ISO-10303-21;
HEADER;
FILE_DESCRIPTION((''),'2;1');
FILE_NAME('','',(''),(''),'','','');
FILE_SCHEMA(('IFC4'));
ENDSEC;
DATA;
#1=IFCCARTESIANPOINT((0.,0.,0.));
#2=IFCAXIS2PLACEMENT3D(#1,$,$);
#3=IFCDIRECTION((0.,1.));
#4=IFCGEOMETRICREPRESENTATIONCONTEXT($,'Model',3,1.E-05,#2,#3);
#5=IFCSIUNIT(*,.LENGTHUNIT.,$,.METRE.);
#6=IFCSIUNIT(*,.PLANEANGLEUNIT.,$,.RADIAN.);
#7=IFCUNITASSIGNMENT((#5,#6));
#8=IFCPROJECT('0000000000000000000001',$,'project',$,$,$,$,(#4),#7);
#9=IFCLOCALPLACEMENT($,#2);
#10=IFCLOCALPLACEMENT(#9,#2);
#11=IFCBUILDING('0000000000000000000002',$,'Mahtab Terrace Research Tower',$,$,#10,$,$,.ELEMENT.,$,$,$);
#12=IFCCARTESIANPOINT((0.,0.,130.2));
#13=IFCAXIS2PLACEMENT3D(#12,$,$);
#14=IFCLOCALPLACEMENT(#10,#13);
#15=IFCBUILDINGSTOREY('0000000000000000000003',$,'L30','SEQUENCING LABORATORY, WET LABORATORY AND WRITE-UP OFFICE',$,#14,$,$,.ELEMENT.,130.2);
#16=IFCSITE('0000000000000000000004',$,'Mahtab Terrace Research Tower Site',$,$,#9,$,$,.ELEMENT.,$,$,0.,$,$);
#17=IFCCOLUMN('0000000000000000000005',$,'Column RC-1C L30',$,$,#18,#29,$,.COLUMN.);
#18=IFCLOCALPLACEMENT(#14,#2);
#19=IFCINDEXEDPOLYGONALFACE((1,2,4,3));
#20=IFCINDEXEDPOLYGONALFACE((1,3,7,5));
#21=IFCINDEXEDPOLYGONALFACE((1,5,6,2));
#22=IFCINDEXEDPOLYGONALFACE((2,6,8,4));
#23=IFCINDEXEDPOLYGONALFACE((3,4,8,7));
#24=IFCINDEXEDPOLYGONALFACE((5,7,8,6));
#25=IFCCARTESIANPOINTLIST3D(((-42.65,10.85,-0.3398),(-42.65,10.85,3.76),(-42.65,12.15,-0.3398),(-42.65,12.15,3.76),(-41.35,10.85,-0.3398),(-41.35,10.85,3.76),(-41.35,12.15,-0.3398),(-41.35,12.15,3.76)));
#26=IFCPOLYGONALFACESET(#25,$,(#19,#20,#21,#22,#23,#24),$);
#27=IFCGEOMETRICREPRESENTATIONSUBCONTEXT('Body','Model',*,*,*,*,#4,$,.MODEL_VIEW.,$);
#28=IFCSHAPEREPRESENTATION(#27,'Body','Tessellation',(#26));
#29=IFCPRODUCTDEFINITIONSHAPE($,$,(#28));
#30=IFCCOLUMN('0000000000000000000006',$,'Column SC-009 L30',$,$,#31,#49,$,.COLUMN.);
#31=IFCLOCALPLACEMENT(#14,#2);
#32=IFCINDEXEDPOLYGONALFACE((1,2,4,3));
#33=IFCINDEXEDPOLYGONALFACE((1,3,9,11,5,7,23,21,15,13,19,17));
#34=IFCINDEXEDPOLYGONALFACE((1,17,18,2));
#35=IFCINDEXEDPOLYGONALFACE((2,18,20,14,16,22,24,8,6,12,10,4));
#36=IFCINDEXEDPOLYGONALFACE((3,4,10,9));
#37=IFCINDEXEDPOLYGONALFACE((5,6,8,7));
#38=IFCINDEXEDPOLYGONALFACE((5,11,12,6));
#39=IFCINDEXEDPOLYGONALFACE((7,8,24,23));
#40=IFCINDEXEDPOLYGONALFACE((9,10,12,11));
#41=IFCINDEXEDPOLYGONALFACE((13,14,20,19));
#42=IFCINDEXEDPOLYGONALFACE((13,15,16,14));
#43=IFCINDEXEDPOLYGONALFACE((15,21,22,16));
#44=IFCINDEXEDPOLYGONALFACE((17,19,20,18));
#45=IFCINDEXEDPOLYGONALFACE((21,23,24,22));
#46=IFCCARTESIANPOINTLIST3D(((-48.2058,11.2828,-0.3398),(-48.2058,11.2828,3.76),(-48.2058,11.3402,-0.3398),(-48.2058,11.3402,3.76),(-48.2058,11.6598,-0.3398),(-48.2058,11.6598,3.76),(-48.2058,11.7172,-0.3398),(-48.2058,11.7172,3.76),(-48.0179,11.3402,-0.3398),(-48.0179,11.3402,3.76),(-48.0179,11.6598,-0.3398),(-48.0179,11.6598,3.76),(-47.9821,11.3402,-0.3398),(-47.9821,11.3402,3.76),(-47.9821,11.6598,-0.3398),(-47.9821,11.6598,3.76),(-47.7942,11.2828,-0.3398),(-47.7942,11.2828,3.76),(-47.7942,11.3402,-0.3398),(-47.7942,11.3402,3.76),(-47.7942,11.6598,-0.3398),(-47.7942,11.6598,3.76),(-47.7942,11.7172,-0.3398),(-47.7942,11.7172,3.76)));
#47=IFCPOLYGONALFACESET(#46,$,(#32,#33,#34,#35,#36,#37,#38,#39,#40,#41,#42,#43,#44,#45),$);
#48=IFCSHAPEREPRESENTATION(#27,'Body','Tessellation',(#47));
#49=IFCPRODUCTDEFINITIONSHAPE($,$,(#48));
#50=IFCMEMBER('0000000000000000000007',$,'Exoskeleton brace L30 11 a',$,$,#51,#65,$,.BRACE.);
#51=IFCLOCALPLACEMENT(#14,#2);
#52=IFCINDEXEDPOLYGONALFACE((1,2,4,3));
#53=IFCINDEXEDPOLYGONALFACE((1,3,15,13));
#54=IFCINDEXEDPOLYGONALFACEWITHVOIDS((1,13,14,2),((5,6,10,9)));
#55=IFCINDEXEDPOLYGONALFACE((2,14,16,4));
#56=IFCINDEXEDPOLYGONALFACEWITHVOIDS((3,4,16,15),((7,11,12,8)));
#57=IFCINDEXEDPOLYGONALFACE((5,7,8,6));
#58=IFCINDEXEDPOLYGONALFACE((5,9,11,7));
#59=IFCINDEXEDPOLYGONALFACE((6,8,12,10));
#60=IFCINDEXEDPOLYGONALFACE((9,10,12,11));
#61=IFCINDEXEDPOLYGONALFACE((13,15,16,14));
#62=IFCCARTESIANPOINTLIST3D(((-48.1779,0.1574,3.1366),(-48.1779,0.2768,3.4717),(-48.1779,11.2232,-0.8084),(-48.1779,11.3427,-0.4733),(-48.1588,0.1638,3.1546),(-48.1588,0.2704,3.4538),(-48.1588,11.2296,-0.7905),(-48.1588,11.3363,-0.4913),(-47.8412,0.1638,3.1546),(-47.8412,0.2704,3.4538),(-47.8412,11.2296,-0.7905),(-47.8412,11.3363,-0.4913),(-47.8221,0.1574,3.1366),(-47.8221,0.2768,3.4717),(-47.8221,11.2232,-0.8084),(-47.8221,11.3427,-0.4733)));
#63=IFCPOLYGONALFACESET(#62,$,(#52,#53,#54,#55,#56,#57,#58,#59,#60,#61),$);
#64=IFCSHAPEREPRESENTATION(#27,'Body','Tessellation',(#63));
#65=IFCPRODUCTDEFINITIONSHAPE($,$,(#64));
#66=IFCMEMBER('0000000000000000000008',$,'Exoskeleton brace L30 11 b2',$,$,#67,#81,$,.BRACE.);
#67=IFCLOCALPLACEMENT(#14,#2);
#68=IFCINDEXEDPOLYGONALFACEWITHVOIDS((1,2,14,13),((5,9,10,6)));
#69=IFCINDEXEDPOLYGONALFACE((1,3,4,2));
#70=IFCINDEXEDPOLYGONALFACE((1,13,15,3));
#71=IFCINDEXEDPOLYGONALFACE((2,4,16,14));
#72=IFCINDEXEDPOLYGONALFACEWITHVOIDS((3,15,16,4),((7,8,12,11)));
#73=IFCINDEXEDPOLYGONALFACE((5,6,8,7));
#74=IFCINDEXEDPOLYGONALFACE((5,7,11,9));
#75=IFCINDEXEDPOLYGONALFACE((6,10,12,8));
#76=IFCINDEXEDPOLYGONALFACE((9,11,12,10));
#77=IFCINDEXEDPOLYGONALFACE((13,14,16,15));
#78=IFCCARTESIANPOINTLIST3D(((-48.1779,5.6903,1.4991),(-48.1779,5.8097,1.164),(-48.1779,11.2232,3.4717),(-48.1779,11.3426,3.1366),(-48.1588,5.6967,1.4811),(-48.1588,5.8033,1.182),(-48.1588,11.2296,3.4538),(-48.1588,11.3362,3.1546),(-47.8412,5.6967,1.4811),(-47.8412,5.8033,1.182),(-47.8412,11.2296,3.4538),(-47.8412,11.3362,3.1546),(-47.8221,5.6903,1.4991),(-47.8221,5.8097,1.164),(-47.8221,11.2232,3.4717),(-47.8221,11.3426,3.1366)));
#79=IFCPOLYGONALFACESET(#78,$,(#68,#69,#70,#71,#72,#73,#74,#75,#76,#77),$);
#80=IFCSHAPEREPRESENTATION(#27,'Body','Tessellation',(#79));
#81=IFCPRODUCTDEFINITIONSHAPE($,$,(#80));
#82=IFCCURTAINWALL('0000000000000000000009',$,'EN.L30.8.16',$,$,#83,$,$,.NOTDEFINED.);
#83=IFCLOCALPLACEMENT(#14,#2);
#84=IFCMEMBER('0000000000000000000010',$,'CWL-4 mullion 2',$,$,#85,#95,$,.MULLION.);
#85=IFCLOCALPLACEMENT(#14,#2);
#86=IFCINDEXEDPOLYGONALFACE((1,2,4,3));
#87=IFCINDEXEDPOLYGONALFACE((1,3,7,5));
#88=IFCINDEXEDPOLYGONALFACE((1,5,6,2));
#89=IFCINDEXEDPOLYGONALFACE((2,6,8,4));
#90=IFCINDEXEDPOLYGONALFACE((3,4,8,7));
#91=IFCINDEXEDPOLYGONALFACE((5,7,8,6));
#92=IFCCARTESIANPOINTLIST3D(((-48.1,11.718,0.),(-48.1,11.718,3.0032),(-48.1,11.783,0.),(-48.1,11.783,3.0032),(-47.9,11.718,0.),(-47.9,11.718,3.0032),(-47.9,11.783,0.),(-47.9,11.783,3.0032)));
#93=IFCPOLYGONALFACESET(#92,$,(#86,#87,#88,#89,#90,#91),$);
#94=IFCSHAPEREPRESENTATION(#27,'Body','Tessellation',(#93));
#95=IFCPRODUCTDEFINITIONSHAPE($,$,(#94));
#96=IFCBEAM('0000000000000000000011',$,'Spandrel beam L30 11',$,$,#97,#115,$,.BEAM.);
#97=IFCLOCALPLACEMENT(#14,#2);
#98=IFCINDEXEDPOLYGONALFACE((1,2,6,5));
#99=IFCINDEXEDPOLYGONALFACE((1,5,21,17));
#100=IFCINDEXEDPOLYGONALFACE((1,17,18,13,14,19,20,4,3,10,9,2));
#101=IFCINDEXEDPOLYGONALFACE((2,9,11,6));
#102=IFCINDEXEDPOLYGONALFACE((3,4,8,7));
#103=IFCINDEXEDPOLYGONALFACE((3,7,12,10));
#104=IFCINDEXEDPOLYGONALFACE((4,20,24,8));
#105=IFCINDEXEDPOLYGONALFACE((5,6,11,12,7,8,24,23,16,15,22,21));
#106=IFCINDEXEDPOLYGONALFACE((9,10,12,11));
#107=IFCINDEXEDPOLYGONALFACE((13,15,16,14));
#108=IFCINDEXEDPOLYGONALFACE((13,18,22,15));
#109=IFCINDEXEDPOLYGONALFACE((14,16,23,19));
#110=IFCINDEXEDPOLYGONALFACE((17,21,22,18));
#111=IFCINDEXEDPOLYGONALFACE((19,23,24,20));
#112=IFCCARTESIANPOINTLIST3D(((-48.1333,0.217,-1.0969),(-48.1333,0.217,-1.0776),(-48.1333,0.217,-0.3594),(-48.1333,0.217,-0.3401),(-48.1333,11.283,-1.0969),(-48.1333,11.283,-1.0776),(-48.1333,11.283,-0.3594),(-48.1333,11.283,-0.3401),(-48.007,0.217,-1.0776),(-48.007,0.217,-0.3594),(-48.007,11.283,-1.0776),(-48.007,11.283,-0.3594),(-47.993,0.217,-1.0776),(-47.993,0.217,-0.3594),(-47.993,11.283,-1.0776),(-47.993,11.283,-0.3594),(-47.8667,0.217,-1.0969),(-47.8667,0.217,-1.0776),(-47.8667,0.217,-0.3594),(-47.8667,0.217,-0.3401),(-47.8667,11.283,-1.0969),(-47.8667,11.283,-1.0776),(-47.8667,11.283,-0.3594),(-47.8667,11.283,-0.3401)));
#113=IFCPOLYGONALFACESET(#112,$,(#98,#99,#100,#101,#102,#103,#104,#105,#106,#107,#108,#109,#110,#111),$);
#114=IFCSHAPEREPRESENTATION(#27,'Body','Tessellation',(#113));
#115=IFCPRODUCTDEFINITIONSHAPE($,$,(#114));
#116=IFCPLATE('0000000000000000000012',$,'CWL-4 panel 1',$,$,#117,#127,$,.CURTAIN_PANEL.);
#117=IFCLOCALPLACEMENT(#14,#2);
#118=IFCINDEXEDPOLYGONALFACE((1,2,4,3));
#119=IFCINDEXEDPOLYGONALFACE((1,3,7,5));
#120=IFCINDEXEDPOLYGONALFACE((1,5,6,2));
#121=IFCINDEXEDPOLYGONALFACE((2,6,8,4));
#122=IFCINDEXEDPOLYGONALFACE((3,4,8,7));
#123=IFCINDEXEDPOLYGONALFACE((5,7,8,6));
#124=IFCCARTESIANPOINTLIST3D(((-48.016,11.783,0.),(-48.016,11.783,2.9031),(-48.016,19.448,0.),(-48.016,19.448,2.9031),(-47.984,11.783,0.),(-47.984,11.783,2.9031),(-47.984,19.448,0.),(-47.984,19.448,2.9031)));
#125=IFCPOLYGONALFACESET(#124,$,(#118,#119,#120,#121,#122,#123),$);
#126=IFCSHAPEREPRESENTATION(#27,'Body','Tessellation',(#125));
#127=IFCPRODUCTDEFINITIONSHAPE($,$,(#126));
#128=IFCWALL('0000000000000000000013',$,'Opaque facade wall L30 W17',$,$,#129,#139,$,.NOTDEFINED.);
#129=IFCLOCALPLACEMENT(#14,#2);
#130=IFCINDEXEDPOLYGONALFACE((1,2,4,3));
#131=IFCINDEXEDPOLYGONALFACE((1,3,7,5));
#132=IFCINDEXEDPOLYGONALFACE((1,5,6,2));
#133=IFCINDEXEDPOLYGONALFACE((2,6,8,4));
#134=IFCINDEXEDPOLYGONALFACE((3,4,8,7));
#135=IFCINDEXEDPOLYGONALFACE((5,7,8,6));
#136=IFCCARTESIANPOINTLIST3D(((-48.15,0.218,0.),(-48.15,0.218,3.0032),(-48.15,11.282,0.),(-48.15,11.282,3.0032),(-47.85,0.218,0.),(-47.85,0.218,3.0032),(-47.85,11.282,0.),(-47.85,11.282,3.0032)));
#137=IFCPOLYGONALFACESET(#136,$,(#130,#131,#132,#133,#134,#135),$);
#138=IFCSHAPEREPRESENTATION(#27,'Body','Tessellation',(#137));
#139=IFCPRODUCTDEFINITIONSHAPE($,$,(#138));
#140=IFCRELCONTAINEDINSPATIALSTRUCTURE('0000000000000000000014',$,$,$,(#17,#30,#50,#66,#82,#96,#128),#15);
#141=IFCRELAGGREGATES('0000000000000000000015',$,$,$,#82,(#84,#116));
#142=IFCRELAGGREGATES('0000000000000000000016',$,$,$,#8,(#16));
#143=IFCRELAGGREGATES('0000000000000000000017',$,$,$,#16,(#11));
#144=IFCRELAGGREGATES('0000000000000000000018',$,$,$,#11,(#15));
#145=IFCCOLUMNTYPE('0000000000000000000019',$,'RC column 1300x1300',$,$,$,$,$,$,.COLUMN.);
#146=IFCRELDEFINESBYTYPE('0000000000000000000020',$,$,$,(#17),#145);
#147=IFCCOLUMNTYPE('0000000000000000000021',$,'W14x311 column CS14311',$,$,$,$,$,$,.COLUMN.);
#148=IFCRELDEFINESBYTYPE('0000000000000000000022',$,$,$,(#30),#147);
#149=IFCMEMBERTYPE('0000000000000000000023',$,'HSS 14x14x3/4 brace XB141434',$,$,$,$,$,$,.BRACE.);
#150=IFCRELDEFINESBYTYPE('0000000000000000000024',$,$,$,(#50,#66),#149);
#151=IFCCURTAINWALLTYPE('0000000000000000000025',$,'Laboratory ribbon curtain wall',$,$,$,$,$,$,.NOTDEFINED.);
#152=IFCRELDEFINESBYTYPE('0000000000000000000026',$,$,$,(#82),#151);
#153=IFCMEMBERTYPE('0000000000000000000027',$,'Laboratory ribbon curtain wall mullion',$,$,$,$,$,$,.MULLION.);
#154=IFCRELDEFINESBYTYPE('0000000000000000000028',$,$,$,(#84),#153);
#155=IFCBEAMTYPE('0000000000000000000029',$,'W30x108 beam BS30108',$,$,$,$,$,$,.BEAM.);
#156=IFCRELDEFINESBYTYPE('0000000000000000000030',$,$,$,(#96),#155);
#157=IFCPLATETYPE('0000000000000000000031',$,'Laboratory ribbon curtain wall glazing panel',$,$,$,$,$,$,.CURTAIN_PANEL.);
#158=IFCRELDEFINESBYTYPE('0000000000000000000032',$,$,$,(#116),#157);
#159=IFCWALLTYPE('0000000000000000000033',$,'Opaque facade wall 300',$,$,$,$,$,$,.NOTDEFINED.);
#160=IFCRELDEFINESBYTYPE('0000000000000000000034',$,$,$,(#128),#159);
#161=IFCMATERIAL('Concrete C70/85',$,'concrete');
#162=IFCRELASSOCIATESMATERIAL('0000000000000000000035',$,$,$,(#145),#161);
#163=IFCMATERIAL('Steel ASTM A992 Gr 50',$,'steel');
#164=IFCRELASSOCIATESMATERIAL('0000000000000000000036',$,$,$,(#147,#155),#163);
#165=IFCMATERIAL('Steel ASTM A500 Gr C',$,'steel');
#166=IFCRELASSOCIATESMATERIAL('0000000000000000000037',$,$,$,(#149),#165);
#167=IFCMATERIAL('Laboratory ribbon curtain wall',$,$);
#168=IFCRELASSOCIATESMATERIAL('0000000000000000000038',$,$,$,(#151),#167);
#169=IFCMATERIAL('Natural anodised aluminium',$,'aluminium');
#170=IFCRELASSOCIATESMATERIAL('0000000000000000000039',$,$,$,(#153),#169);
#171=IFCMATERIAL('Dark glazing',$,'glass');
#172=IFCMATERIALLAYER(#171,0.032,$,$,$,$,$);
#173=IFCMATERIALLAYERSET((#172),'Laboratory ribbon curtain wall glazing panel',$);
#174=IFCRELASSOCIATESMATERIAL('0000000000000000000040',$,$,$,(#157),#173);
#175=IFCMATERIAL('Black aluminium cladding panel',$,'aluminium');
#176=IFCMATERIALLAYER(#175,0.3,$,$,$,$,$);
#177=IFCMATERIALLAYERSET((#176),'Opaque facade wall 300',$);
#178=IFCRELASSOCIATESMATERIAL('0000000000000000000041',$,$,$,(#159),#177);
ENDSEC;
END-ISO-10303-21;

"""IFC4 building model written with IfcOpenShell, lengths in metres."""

from ifc_helpers import new_model, si_unit, direction, frame, frame_2d, origin, origin_2d, place, context, subcontext, project, spatial, rectangle, hollow_rectangle, i_section, extrude, material, layer, layer_set, material_profile, profile_set, type_object, element, aggregate, save


model = new_model("IFC4")

# Units and contexts
model_context = context("Model", 3, precision=1e-05, world=origin(), true_north=direction((0.0, 1.0)))
body_context = subcontext(model_context, "Body", "Model", "MODEL_VIEW")
ifc_project = project(units=[si_unit("LENGTHUNIT", "METRE"), si_unit("PLANEANGLEUNIT", "RADIAN")], contexts=[model_context])

# Site, building, storey
site_placement = place(None, origin())
site = spatial("IfcSite", under=ifc_project, at=site_placement, Name="Mahtab Terrace Research Tower Site", CompositionType="ELEMENT", RefElevation=0.0)
building_placement = place(site_placement, origin())
building = spatial("IfcBuilding", under=site, at=building_placement, Name="Mahtab Terrace Research Tower", CompositionType="ELEMENT")
storey_placement = place(building_placement, frame((0.0, 0.0, 130.2)))
storey = spatial("IfcBuildingStorey", under=building, at=storey_placement, Name="L30", Description="SEQUENCING LABORATORY, WET LABORATORY AND WRITE-UP OFFICE", CompositionType="ELEMENT", Elevation=130.2)

# Columns
ifc_material_1 = material(Name="Concrete C70/85", Category="concrete")
ifc_material_profile_1 = material_profile(ifc_material_1, rectangle(XDim=1.3, YDim=1.3, at=origin_2d()), Name="RC column 1300x1300")
ifc_profile_set_1 = profile_set([ifc_material_profile_1], Name="Concrete C70/85")
column_type_1 = type_object("IfcColumnType", Name="RC column 1300x1300", PredefinedType="COLUMN", material=ifc_profile_set_1)
column_1_placement = place(storey_placement, frame((-42.0, 11.5, -0.3398), z_axis=(0.0, 0.0, 1.0), x_axis=(1.0, 0.0, 0.0)))
element("IfcColumn", 1, at=column_1_placement, inside=storey, type_object=column_type_1, Name="Column RC-1C L30", PredefinedType="COLUMN", context=body_context, shape_type="SweptSolid", body=[
    extrude(rectangle(XDim=1.3, YDim=1.3, at=origin_2d()), origin(), (0.0, 0.0, 1.0), 4.0999),
])
ifc_material_2 = material(Name="Steel ASTM A992 Gr 50", Category="steel")
ifc_material_profile_2 = material_profile(ifc_material_2, i_section(OverallWidth=0.4116, OverallDepth=0.4343, WebThickness=0.0359, FlangeThickness=0.0574, at=origin_2d()), Name="W14X311")
ifc_profile_set_2 = profile_set([ifc_material_profile_2], Name="Steel ASTM A992 Gr 50")
column_type_2 = type_object("IfcColumnType", Name="W14x311 column CS14311", PredefinedType="COLUMN", material=ifc_profile_set_2)
column_2_placement = place(storey_placement, frame((-48.0, 11.5, -0.3398), z_axis=(0.0, 0.0, 1.0), x_axis=(1.0, 0.0, 0.0)))
element("IfcColumn", 2, at=column_2_placement, inside=storey, type_object=column_type_2, Name="Column SC-009 L30", PredefinedType="COLUMN", context=body_context, shape_type="SweptSolid", body=[
    extrude(i_section(OverallWidth=0.4116, OverallDepth=0.4343, WebThickness=0.0359, FlangeThickness=0.0574, at=origin_2d()), origin(), (0.0, 0.0, 1.0), 4.0999),
])

# Members
ifc_material_3 = material(Name="Steel ASTM A500 Gr C", Category="steel")
ifc_material_profile_3 = material_profile(ifc_material_3, hollow_rectangle(XDim=0.3557, YDim=0.3557, WallThickness=0.019, at=origin_2d()), Name="HSS14X14X3/4")
ifc_profile_set_3 = profile_set([ifc_material_profile_3], Name="Steel ASTM A500 Gr C")
member_type_1 = type_object("IfcMemberType", Name="HSS 14x14x3/4 brace XB141434", PredefinedType="BRACE", material=ifc_profile_set_3)
member_1_placement = place(storey_placement, frame((-48.0, 11.283, -0.6409), z_axis=(0.0, -0.941932, 0.335804), x_axis=(1.0, 0.0, 0.0)))
element("IfcMember", 3, at=member_1_placement, inside=storey, type_object=member_type_1, Name="Exoskeleton brace L30 11 a", PredefinedType="BRACE", context=body_context, shape_type="SweptSolid", body=[
    extrude(hollow_rectangle(XDim=0.3557, YDim=0.3557, WallThickness=0.019, at=origin_2d()), origin(), (0.0, 0.0, 1.0), 11.748),
])
member_2_placement = place(storey_placement, frame((-48.0, 5.75, 1.3315), z_axis=(0.0, 0.941925, 0.335823), x_axis=(-1.0, 0.0, 0.0)))
element("IfcMember", 4, at=member_2_placement, inside=storey, type_object=member_type_1, Name="Exoskeleton brace L30 11 b2", PredefinedType="BRACE", context=body_context, shape_type="SweptSolid", body=[
    extrude(hollow_rectangle(XDim=0.3557, YDim=0.3557, WallThickness=0.019, at=origin_2d()), origin(), (0.0, 0.0, 1.0), 5.874),
])

# Curtain wall, member
ifc_material_4 = material(Name="Laboratory ribbon curtain wall")
curtain_wall_type = type_object("IfcCurtainWallType", Name="Laboratory ribbon curtain wall", PredefinedType="NOTDEFINED", material=ifc_material_4)
curtain_wall_placement = place(storey_placement, origin())
curtain_wall = element("IfcCurtainWall", 5, at=curtain_wall_placement, inside=storey, type_object=curtain_wall_type, Name="EN.L30.8.16", PredefinedType="NOTDEFINED")
ifc_material_5 = material(Name="Natural anodised aluminium", Category="aluminium")
ifc_material_profile_4 = material_profile(ifc_material_5, rectangle(XDim=0.2, YDim=0.0649, at=origin_2d()), Name="MULLION 65x200")
ifc_profile_set_4 = profile_set([ifc_material_profile_4], Name="Natural anodised aluminium")
member_type_2 = type_object("IfcMemberType", Name="Laboratory ribbon curtain wall mullion", PredefinedType="MULLION", material=ifc_profile_set_4)
member_3_placement = place(storey_placement, frame((-48.0, 11.7505, 0.0), z_axis=(0.0, 0.0, 1.0), x_axis=(1.0, 0.0, 0.0)))
member_3 = element("IfcMember", 6, at=member_3_placement, type_object=member_type_2, Name="CWL-4 mullion 2", PredefinedType="MULLION", context=body_context, shape_type="SweptSolid", body=[
    extrude(rectangle(XDim=0.2, YDim=0.0649, at=origin_2d()), origin(), (0.0, 0.0, 1.0), 3.0032),
])

# Beam
ifc_material_profile_5 = material_profile(ifc_material_2, i_section(OverallWidth=0.2666, OverallDepth=0.7568, WebThickness=0.0139, FlangeThickness=0.0193, at=origin_2d()), Name="W30X108")
ifc_profile_set_5 = profile_set([ifc_material_profile_5], Name="Steel ASTM A992 Gr 50")
beam_type = type_object("IfcBeamType", Name="W30x108 beam BS30108", PredefinedType="BEAM", material=ifc_profile_set_5)
beam_placement = place(storey_placement, frame((-48.0, 11.283, -0.7185), z_axis=(0.0, -1.0, 0.0), x_axis=(1.0, 0.0, 0.0)))
element("IfcBeam", 7, at=beam_placement, inside=storey, type_object=beam_type, Name="Spandrel beam L30 11", PredefinedType="BEAM", context=body_context, shape_type="SweptSolid", body=[
    extrude(i_section(OverallWidth=0.2666, OverallDepth=0.7568, WebThickness=0.0139, FlangeThickness=0.0193, at=origin_2d()), origin(), (0.0, 0.0, 1.0), 11.0659),
])

# Plate
ifc_material_6 = material(Name="Dark glazing", Category="glass")
ifc_layer_1 = layer(ifc_material_6, 0.032)
ifc_layer_set_1 = layer_set([ifc_layer_1], Name="Laboratory ribbon curtain wall glazing panel")
plate_type = type_object("IfcPlateType", Name="Laboratory ribbon curtain wall glazing panel", PredefinedType="CURTAIN_PANEL", material=ifc_layer_set_1)
plate_placement = place(storey_placement, frame((-48.0, 15.6155, 0.0), z_axis=(0.0, 0.0, 1.0), x_axis=(0.0, -1.0, 0.0)))
plate = element("IfcPlate", 8, at=plate_placement, type_object=plate_type, Name="CWL-4 panel 1", PredefinedType="CURTAIN_PANEL", context=body_context, shape_type="SweptSolid", body=[
    extrude(rectangle(XDim=7.665, YDim=0.032, at=origin_2d()), origin(), (0.0, 0.0, 1.0), 2.9031),
])
aggregate(curtain_wall, [member_3, plate])

# Wall
ifc_material_7 = material(Name="Black aluminium cladding panel", Category="aluminium")
ifc_layer_2 = layer(ifc_material_7, 0.3)
ifc_layer_set_2 = layer_set([ifc_layer_2], Name="Opaque facade wall 300")
wall_type_1 = type_object("IfcWallType", Name="Opaque facade wall 300", PredefinedType="NOTDEFINED", material=ifc_layer_set_2)
wall_1_placement = place(storey_placement, frame((-48.0, 11.282, 0.0), z_axis=(0.0, 0.0, 1.0), x_axis=(0.0, -1.0, 0.0)))
element("IfcWall", 9, at=wall_1_placement, inside=storey, type_object=wall_type_1, Name="Opaque facade wall L30 W17", PredefinedType="NOTDEFINED", context=body_context, shape_type="SweptSolid", body=[
    extrude(rectangle(XDim=11.064, YDim=0.3, at=frame_2d((5.532, 0.0))), origin(), (0.0, 0.0, 1.0), 3.0032),
])

save(model, "model.ifc")
